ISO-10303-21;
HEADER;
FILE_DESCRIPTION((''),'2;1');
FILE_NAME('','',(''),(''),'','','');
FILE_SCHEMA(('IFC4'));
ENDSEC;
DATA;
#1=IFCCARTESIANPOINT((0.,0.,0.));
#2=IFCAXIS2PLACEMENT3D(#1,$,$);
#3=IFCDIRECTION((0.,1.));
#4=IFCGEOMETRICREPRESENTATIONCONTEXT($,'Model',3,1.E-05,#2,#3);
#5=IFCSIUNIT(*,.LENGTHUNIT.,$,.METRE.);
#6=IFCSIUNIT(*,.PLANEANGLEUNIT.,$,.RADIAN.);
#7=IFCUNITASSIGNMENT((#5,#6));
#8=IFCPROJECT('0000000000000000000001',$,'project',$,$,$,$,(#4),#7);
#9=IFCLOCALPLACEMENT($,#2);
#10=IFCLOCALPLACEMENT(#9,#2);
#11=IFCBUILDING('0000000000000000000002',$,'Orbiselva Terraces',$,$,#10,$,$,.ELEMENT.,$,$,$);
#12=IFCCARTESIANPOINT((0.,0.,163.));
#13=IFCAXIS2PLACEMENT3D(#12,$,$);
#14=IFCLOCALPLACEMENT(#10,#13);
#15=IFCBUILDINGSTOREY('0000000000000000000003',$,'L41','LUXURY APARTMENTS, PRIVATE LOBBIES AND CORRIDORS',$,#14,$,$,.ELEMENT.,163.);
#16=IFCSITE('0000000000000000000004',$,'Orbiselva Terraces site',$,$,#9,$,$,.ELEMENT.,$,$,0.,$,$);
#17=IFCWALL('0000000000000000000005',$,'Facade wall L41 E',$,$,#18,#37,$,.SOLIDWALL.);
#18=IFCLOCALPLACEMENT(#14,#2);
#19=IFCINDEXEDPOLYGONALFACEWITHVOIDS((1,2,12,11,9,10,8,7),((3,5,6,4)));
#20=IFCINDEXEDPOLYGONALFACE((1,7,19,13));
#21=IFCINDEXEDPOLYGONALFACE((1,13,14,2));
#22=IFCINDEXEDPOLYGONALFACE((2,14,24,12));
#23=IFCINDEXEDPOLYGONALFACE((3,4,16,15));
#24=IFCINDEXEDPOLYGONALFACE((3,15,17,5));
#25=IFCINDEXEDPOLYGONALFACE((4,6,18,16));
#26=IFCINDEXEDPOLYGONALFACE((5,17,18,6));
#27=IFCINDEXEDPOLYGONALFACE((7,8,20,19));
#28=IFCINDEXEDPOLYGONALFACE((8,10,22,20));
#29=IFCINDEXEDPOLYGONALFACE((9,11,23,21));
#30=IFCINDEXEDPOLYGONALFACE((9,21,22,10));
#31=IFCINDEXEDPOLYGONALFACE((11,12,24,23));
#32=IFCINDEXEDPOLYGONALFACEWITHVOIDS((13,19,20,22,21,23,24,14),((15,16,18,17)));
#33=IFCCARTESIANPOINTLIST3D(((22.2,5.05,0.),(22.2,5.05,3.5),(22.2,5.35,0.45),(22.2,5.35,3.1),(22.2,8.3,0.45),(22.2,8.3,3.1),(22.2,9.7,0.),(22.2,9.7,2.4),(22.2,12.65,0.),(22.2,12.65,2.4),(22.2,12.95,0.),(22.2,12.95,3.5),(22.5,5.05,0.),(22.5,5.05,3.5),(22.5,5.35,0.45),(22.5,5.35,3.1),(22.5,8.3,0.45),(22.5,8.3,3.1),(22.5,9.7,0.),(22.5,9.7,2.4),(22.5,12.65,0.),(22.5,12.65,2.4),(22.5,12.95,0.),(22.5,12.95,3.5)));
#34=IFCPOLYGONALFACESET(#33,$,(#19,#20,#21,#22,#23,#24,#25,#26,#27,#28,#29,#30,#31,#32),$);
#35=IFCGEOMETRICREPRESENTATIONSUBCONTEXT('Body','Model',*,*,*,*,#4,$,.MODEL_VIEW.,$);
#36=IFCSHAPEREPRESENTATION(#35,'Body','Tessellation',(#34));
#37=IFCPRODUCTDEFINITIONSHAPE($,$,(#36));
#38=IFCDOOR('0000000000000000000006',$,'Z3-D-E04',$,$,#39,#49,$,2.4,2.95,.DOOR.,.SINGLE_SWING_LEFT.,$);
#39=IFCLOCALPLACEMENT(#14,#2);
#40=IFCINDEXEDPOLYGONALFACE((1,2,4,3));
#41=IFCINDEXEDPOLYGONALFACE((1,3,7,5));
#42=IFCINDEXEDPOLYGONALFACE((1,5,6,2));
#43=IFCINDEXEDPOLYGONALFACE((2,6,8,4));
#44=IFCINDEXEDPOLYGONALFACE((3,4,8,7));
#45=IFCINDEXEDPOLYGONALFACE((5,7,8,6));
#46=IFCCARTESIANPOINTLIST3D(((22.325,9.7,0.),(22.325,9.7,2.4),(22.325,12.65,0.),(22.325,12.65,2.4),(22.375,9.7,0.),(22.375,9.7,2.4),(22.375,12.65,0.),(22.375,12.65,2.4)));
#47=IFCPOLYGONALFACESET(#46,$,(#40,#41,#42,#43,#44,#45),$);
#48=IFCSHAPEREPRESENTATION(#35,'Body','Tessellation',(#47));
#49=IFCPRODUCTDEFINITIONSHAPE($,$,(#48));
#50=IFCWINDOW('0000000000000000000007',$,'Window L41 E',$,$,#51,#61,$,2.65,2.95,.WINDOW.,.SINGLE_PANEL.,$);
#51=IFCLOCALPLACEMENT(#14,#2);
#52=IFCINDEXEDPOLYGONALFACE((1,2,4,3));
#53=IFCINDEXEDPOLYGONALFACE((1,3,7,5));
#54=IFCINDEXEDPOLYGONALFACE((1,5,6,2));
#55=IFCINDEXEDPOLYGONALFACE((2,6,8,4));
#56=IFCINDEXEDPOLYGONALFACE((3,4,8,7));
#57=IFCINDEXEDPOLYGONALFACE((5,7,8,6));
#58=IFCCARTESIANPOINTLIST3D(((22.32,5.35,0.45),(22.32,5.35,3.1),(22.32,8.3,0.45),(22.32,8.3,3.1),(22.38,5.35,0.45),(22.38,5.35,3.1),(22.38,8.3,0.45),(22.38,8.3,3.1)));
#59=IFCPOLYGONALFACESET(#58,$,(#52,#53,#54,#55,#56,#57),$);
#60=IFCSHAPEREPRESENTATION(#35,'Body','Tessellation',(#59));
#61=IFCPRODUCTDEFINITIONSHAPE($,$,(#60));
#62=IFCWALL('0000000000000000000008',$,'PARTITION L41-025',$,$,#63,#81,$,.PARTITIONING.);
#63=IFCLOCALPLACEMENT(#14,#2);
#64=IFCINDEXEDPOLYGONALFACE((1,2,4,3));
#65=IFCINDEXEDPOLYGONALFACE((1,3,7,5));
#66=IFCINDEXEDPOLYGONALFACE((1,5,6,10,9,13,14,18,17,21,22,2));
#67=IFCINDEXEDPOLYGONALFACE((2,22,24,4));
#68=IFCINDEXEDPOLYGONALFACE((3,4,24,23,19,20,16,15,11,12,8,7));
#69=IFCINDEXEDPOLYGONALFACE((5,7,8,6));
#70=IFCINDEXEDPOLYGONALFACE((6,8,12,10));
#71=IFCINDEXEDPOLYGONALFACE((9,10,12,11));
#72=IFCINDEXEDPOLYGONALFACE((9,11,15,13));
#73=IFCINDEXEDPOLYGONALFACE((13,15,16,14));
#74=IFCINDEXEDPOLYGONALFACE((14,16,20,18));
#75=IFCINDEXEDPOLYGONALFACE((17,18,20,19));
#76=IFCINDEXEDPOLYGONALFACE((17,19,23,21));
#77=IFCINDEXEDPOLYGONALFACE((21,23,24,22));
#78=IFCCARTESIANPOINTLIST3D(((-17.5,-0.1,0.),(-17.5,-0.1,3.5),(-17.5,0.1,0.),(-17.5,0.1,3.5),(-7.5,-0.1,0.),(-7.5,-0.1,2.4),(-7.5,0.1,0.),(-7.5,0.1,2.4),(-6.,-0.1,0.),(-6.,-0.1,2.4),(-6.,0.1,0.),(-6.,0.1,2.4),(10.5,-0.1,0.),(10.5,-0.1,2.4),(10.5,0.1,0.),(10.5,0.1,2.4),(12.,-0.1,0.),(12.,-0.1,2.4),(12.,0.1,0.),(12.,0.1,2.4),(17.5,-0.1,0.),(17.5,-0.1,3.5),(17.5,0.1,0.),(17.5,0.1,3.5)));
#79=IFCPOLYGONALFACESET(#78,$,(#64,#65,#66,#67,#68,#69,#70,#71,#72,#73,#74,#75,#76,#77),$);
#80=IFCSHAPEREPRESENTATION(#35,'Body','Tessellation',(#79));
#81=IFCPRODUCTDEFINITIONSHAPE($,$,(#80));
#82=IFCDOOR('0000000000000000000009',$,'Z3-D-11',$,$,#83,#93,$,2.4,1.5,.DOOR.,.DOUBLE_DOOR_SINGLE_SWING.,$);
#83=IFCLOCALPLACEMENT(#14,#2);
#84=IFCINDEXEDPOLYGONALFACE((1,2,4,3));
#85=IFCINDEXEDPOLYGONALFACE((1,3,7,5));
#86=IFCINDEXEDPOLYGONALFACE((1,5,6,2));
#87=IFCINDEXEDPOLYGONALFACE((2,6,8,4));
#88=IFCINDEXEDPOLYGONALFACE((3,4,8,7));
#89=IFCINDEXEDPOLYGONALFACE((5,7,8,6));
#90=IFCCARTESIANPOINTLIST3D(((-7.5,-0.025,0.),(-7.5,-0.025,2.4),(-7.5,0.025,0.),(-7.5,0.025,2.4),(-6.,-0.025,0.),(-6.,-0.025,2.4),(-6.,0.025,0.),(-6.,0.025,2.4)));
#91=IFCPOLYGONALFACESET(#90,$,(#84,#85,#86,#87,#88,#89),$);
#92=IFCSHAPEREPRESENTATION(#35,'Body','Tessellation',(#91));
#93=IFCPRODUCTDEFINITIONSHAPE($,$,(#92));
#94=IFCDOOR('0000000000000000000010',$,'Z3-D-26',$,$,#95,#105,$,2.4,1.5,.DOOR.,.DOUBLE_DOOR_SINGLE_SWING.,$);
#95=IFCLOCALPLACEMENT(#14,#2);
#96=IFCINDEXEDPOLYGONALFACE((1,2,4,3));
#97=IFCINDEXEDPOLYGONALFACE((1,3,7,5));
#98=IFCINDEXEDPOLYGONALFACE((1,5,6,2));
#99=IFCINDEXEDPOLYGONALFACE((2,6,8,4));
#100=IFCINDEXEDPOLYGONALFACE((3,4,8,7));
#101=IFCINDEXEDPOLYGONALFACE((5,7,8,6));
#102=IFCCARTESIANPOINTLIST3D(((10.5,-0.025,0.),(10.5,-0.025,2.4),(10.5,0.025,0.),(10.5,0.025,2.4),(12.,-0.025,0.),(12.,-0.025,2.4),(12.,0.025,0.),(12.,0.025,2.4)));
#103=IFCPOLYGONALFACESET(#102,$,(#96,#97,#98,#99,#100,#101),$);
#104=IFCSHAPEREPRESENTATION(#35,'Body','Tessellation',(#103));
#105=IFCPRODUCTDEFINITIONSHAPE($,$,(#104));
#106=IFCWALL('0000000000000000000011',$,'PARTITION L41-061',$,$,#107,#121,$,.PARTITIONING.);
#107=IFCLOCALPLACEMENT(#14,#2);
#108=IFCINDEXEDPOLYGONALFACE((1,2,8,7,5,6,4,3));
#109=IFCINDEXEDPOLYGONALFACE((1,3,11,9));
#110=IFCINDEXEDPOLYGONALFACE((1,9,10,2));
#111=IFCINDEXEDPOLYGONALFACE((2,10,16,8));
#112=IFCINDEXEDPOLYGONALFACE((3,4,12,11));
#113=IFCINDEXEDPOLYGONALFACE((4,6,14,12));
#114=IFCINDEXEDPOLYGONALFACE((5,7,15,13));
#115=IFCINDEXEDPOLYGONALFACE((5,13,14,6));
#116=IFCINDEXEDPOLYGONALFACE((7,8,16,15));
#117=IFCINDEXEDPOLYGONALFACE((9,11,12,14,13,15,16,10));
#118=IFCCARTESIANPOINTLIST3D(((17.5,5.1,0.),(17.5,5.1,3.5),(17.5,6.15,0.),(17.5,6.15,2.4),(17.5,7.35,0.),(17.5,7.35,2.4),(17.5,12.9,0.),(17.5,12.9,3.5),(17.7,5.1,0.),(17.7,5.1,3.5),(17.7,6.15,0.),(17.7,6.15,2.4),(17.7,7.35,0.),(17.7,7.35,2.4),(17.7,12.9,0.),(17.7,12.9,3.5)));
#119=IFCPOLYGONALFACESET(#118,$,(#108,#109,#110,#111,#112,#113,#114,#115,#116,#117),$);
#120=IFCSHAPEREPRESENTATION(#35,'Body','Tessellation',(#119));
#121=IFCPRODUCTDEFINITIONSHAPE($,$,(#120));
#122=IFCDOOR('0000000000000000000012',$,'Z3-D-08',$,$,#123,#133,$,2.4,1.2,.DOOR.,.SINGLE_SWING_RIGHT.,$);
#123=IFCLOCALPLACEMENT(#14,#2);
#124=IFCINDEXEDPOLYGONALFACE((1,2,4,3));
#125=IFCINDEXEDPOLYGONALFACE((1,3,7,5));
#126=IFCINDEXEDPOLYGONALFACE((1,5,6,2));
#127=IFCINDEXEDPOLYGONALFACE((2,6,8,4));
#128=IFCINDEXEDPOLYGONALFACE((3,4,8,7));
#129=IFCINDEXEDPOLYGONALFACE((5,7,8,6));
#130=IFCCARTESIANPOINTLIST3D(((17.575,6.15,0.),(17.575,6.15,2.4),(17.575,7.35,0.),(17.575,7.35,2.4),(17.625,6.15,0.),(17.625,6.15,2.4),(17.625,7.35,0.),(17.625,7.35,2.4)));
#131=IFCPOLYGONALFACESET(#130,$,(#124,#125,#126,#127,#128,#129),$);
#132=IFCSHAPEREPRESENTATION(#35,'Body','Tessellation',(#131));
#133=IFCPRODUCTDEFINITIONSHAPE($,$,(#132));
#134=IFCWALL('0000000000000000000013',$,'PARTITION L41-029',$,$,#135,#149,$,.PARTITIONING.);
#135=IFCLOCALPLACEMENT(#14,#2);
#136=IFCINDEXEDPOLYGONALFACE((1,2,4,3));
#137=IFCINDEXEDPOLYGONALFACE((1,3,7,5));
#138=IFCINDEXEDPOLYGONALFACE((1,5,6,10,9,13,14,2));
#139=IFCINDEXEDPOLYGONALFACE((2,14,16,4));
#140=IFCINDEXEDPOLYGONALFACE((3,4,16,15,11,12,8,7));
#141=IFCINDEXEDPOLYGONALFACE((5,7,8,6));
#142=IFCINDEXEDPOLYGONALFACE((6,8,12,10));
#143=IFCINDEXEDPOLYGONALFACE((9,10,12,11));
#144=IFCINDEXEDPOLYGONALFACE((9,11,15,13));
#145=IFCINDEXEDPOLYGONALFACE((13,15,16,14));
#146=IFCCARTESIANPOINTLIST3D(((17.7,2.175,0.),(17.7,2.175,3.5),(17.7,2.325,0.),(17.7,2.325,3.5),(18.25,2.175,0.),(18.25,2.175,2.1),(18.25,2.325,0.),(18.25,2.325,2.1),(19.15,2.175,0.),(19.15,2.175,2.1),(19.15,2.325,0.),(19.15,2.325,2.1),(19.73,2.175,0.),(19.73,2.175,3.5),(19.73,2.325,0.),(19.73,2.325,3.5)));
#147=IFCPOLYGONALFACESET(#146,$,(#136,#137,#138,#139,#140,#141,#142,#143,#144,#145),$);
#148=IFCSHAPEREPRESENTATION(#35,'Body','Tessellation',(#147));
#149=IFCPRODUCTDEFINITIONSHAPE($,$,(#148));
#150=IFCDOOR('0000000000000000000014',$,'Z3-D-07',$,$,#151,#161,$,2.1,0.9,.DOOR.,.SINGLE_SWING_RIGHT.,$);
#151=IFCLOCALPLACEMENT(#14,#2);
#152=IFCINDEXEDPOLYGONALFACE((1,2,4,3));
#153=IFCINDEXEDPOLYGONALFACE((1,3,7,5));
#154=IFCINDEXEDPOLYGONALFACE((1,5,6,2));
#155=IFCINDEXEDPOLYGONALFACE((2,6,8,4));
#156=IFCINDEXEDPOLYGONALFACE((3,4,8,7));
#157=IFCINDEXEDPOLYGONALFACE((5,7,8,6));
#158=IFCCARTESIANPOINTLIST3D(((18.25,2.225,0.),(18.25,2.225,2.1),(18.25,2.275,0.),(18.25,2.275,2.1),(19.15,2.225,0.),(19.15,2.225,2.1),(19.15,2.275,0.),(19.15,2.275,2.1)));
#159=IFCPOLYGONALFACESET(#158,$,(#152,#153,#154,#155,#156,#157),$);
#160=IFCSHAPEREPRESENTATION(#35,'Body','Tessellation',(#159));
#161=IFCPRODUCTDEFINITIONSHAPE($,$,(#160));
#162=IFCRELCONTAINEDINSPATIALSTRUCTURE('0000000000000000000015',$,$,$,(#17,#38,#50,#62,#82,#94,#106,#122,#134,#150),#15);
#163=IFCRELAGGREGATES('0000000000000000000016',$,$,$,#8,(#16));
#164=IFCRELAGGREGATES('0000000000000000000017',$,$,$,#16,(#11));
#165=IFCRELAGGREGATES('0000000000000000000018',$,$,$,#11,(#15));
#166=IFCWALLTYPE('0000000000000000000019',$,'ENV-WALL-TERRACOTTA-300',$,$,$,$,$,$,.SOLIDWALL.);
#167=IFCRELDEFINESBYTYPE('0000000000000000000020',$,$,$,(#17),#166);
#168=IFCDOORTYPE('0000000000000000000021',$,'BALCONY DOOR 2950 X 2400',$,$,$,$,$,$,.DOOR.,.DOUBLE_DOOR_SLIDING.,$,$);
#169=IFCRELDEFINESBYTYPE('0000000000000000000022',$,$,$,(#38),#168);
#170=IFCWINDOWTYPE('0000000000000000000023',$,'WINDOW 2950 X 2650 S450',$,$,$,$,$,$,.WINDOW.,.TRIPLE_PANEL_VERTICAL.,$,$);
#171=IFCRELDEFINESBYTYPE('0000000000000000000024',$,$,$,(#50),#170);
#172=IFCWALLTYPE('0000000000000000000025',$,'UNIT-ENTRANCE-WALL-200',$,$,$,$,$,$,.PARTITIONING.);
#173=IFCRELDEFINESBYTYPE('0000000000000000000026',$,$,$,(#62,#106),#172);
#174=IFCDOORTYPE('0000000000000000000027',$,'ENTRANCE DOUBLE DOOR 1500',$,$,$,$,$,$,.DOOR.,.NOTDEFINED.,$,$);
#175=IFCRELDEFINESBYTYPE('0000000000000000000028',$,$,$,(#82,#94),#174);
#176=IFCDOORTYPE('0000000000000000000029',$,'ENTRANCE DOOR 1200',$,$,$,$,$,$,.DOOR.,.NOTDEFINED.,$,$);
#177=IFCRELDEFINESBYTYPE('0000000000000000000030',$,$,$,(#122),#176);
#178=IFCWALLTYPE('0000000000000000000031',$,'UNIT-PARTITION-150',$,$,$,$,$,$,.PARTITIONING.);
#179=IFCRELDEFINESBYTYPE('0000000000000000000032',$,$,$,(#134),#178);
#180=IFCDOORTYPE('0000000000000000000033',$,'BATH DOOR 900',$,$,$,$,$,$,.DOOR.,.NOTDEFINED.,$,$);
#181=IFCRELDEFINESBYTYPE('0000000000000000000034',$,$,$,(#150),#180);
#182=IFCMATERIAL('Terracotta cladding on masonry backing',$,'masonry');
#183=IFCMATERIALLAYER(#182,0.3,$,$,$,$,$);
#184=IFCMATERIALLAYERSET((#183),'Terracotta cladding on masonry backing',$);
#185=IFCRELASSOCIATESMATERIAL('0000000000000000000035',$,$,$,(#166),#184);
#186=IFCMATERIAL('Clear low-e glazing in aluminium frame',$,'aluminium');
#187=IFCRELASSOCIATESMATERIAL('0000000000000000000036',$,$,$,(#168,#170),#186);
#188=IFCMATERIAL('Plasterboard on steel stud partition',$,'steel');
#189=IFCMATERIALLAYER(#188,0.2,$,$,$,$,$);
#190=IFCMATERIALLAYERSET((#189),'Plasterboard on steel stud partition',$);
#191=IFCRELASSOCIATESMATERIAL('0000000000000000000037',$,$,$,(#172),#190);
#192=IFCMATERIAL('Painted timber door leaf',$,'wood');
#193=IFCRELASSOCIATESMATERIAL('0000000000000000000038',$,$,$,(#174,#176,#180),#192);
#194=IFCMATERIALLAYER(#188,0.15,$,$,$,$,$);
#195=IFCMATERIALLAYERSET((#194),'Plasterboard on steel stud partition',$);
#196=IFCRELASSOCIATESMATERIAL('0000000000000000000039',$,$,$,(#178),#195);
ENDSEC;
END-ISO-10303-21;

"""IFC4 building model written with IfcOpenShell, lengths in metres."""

from ifc_helpers import new_model, si_unit, direction, frame, frame_2d, origin, place, context, subcontext, project, spatial, rectangle, extrude, material, layer, layer_set, type_object, element, fill, save


model = new_model("IFC4")

# Units and contexts
model_context = context("Model", 3, precision=1e-05, world=origin(), true_north=direction((0.0, 1.0)))
body_context = subcontext(model_context, "Body", "Model", "MODEL_VIEW")
ifc_project = project(units=[si_unit("LENGTHUNIT", "METRE"), si_unit("PLANEANGLEUNIT", "RADIAN")], contexts=[model_context])

# Site, building, storey
site_placement = place(None, origin())
site = spatial("IfcSite", under=ifc_project, at=site_placement, Name="Orbiselva Terraces site", CompositionType="ELEMENT", RefElevation=0.0)
building_placement = place(site_placement, origin())
building = spatial("IfcBuilding", under=site, at=building_placement, Name="Orbiselva Terraces", CompositionType="ELEMENT")
storey_placement = place(building_placement, frame((0.0, 0.0, 163.0)))
storey = spatial("IfcBuildingStorey", under=building, at=storey_placement, Name="L41", Description="LUXURY APARTMENTS, PRIVATE LOBBIES AND CORRIDORS", CompositionType="ELEMENT", Elevation=163.0)

# Wall, openings, door, window
ifc_material_1 = material(Name="Terracotta cladding on masonry backing", Category="masonry")
ifc_layer_1 = layer(ifc_material_1, 0.3)
ifc_layer_set_1 = layer_set([ifc_layer_1], Name="Terracotta cladding on masonry backing")
wall_type_1 = type_object("IfcWallType", Name="ENV-WALL-TERRACOTTA-300", PredefinedType="SOLIDWALL", material=ifc_layer_set_1)
ifc_material_2 = material(Name="Clear low-e glazing in aluminium frame", Category="aluminium")
door_type_1 = type_object("IfcDoorType", Name="BALCONY DOOR 2950 X 2400", OperationType="DOUBLE_DOOR_SLIDING", PredefinedType="DOOR", material=ifc_material_2)
window_type = type_object("IfcWindowType", Name="WINDOW 2950 X 2650 S450", PartitioningType="TRIPLE_PANEL_VERTICAL", PredefinedType="WINDOW", material=ifc_material_2)
wall_1_placement = place(storey_placement, frame((22.35, 12.95, 0.0), z_axis=(0.0, 0.0, 1.0), x_axis=(0.0, -1.0, 0.0)))
wall_1 = element("IfcWall", 1, at=wall_1_placement, inside=storey, type_object=wall_type_1, Name="Facade wall L41 E", PredefinedType="SOLIDWALL", context=body_context, shape_type="SweptSolid", body=[
    extrude(rectangle(XDim=7.9, YDim=0.3, at=frame_2d((3.95, 0.0))), origin(), (0.0, 0.0, 1.0), 3.5),
])
opening_1_placement = place(wall_1_placement, frame((4.65, 0.0, 0.45)))
opening_1 = element("IfcOpeningElement", 2, at=opening_1_placement, cuts=wall_1, PredefinedType="OPENING", context=body_context, shape_type="SweptSolid", body=[
    extrude(rectangle(XDim=2.95, YDim=2.65, at=frame_2d((1.475, 1.325))), frame((0.0, 0.16, 0.0), z_axis=(0.0, -1.0, 0.0), x_axis=(1.0, 0.0, 0.0)), (0.0, 0.0, 1.0), 0.32),
])
opening_2_placement = place(wall_1_placement, frame((0.3, 0.0, 0.0)))
opening_2 = element("IfcOpeningElement", 3, at=opening_2_placement, cuts=wall_1, PredefinedType="OPENING", context=body_context, shape_type="SweptSolid", body=[
    extrude(rectangle(XDim=2.95, YDim=2.4, at=frame_2d((1.475, 1.2))), frame((0.0, 0.16, 0.0), z_axis=(0.0, -1.0, 0.0), x_axis=(1.0, 0.0, 0.0)), (0.0, 0.0, 1.0), 0.32),
])
door_1_placement = place(opening_2_placement, origin())
door_1 = element("IfcDoor", 4, at=door_1_placement, inside=storey, type_object=door_type_1, Name="Z3-D-E04", OperationType="SINGLE_SWING_LEFT", OverallHeight=2.4, OverallWidth=2.95, PredefinedType="DOOR", context=body_context, shape_type="SweptSolid", body=[
    extrude(rectangle(XDim=2.95, YDim=2.4, at=frame_2d((1.475, 1.2))), frame((0.0, 0.025, 0.0), z_axis=(0.0, -1.0, 0.0), x_axis=(1.0, 0.0, 0.0)), (0.0, 0.0, 1.0), 0.05),
])
fill(opening_2, door_1)
window_1_placement = place(opening_1_placement, origin())
window_1 = element("IfcWindow", 5, at=window_1_placement, inside=storey, type_object=window_type, Name="Window L41 E", OverallHeight=2.65, OverallWidth=2.95, PartitioningType="SINGLE_PANEL", PredefinedType="WINDOW", context=body_context, shape_type="SweptSolid", body=[
    extrude(rectangle(XDim=2.95, YDim=2.65, at=frame_2d((1.475, 1.325))), frame((0.0, 0.03, 0.0), z_axis=(0.0, -1.0, 0.0), x_axis=(1.0, 0.0, 0.0)), (0.0, 0.0, 1.0), 0.06),
])
fill(opening_1, window_1)

# Wall, openings, doors
ifc_material_3 = material(Name="Plasterboard on steel stud partition", Category="steel")
ifc_layer_2 = layer(ifc_material_3, 0.2)
ifc_layer_set_2 = layer_set([ifc_layer_2], Name="Plasterboard on steel stud partition")
wall_type_2 = type_object("IfcWallType", Name="UNIT-ENTRANCE-WALL-200", PredefinedType="PARTITIONING", material=ifc_layer_set_2)
wall_2_placement = place(storey_placement, frame((17.5, 0.0, 0.0), z_axis=(0.0, 0.0, 1.0), x_axis=(-1.0, 0.0, 0.0)))
wall_2 = element("IfcWall", 6, at=wall_2_placement, inside=storey, type_object=wall_type_2, Name="PARTITION L41-025", PredefinedType="PARTITIONING", context=body_context, shape_type="SweptSolid", body=[
    extrude(rectangle(XDim=35.0, YDim=0.2, at=frame_2d((17.5, 0.0))), origin(), (0.0, 0.0, 1.0), 3.5),
])
opening_3_placement = place(wall_2_placement, frame((23.5, 0.0, 0.0)))
opening_3 = element("IfcOpeningElement", 7, at=opening_3_placement, cuts=wall_2, PredefinedType="OPENING", context=body_context, shape_type="SweptSolid", body=[
    extrude(rectangle(XDim=1.5, YDim=2.4, at=frame_2d((0.75, 1.2))), frame((0.0, 0.11, 0.0), z_axis=(0.0, -1.0, 0.0), x_axis=(1.0, 0.0, 0.0)), (0.0, 0.0, 1.0), 0.22),
])
opening_4_placement = place(wall_2_placement, frame((5.5, 0.0, 0.0)))
opening_4 = element("IfcOpeningElement", 8, at=opening_4_placement, cuts=wall_2, PredefinedType="OPENING", context=body_context, shape_type="SweptSolid", body=[
    extrude(rectangle(XDim=1.5, YDim=2.4, at=frame_2d((0.75, 1.2))), frame((0.0, 0.11, 0.0), z_axis=(0.0, -1.0, 0.0), x_axis=(1.0, 0.0, 0.0)), (0.0, 0.0, 1.0), 0.22),
])
ifc_material_4 = material(Name="Painted timber door leaf", Category="wood")
door_type_2 = type_object("IfcDoorType", Name="ENTRANCE DOUBLE DOOR 1500", OperationType="NOTDEFINED", PredefinedType="DOOR", material=ifc_material_4)
door_2_placement = place(opening_3_placement, origin())
door_2 = element("IfcDoor", 9, at=door_2_placement, inside=storey, type_object=door_type_2, Name="Z3-D-11", OperationType="DOUBLE_DOOR_SINGLE_SWING", OverallHeight=2.4, OverallWidth=1.5, PredefinedType="DOOR", context=body_context, shape_type="SweptSolid", body=[
    extrude(rectangle(XDim=1.5, YDim=2.4, at=frame_2d((0.75, 1.2))), frame((0.0, 0.025, 0.0), z_axis=(0.0, -1.0, 0.0), x_axis=(1.0, 0.0, 0.0)), (0.0, 0.0, 1.0), 0.05),
])
fill(opening_3, door_2)
door_3_placement = place(opening_4_placement, origin())
door_3 = element("IfcDoor", 10, at=door_3_placement, inside=storey, type_object=door_type_2, Name="Z3-D-26", OperationType="DOUBLE_DOOR_SINGLE_SWING", OverallHeight=2.4, OverallWidth=1.5, PredefinedType="DOOR", context=body_context, shape_type="SweptSolid", body=[
    extrude(rectangle(XDim=1.5, YDim=2.4, at=frame_2d((0.75, 1.2))), frame((0.0, 0.025, 0.0), z_axis=(0.0, -1.0, 0.0), x_axis=(1.0, 0.0, 0.0)), (0.0, 0.0, 1.0), 0.05),
])
fill(opening_4, door_3)

# Walls, openings, doors
wall_3_placement = place(storey_placement, frame((17.6, 12.9, 0.0), z_axis=(0.0, 0.0, 1.0), x_axis=(0.0, -1.0, 0.0)))
wall_3 = element("IfcWall", 11, at=wall_3_placement, inside=storey, type_object=wall_type_2, Name="PARTITION L41-061", PredefinedType="PARTITIONING", context=body_context, shape_type="SweptSolid", body=[
    extrude(rectangle(XDim=7.8, YDim=0.2, at=frame_2d((3.9, 0.0))), origin(), (0.0, 0.0, 1.0), 3.5),
])
opening_5_placement = place(wall_3_placement, frame((5.55, 0.0, 0.0)))
opening_5 = element("IfcOpeningElement", 12, at=opening_5_placement, cuts=wall_3, PredefinedType="OPENING", context=body_context, shape_type="SweptSolid", body=[
    extrude(rectangle(XDim=1.2, YDim=2.4, at=frame_2d((0.6, 1.2))), frame((0.0, 0.11, 0.0), z_axis=(0.0, -1.0, 0.0), x_axis=(1.0, 0.0, 0.0)), (0.0, 0.0, 1.0), 0.22),
])
door_type_3 = type_object("IfcDoorType", Name="ENTRANCE DOOR 1200", OperationType="NOTDEFINED", PredefinedType="DOOR", material=ifc_material_4)
door_4_placement = place(opening_5_placement, origin())
door_4 = element("IfcDoor", 13, at=door_4_placement, inside=storey, type_object=door_type_3, Name="Z3-D-08", OperationType="SINGLE_SWING_RIGHT", OverallHeight=2.4, OverallWidth=1.2, PredefinedType="DOOR", context=body_context, shape_type="SweptSolid", body=[
    extrude(rectangle(XDim=1.2, YDim=2.4, at=frame_2d((0.6, 1.2))), frame((0.0, 0.025, 0.0), z_axis=(0.0, -1.0, 0.0), x_axis=(1.0, 0.0, 0.0)), (0.0, 0.0, 1.0), 0.05),
])
fill(opening_5, door_4)
ifc_layer_3 = layer(ifc_material_3, 0.15)
ifc_layer_set_3 = layer_set([ifc_layer_3], Name="Plasterboard on steel stud partition")
wall_type_3 = type_object("IfcWallType", Name="UNIT-PARTITION-150", PredefinedType="PARTITIONING", material=ifc_layer_set_3)
wall_4_placement = place(storey_placement, frame((19.73, 2.25, 0.0), z_axis=(0.0, 0.0, 1.0), x_axis=(-1.0, 0.0, 0.0)))
wall_4 = element("IfcWall", 14, at=wall_4_placement, inside=storey, type_object=wall_type_3, Name="PARTITION L41-029", PredefinedType="PARTITIONING", context=body_context, shape_type="SweptSolid", body=[
    extrude(rectangle(XDim=2.03, YDim=0.15, at=frame_2d((1.015, 0.0))), origin(), (0.0, 0.0, 1.0), 3.5),
])
opening_6_placement = place(wall_4_placement, frame((0.58, 0.0, 0.0)))
opening_6 = element("IfcOpeningElement", 15, at=opening_6_placement, cuts=wall_4, PredefinedType="OPENING", context=body_context, shape_type="SweptSolid", body=[
    extrude(rectangle(XDim=0.9, YDim=2.1, at=frame_2d((0.45, 1.05))), frame((0.0, 0.085, 0.0), z_axis=(0.0, -1.0, 0.0), x_axis=(1.0, 0.0, 0.0)), (0.0, 0.0, 1.0), 0.17),
])
door_type_4 = type_object("IfcDoorType", Name="BATH DOOR 900", OperationType="NOTDEFINED", PredefinedType="DOOR", material=ifc_material_4)
door_5_placement = place(opening_6_placement, origin())
door_5 = element("IfcDoor", 16, at=door_5_placement, inside=storey, type_object=door_type_4, Name="Z3-D-07", OperationType="SINGLE_SWING_RIGHT", OverallHeight=2.1, OverallWidth=0.9, PredefinedType="DOOR", context=body_context, shape_type="SweptSolid", body=[
    extrude(rectangle(XDim=0.9, YDim=2.1, at=frame_2d((0.45, 1.05))), frame((0.0, 0.025, 0.0), z_axis=(0.0, -1.0, 0.0), x_axis=(1.0, 0.0, 0.0)), (0.0, 0.0, 1.0), 0.05),
])
fill(opening_6, door_5)

save(model, "model.ifc")
